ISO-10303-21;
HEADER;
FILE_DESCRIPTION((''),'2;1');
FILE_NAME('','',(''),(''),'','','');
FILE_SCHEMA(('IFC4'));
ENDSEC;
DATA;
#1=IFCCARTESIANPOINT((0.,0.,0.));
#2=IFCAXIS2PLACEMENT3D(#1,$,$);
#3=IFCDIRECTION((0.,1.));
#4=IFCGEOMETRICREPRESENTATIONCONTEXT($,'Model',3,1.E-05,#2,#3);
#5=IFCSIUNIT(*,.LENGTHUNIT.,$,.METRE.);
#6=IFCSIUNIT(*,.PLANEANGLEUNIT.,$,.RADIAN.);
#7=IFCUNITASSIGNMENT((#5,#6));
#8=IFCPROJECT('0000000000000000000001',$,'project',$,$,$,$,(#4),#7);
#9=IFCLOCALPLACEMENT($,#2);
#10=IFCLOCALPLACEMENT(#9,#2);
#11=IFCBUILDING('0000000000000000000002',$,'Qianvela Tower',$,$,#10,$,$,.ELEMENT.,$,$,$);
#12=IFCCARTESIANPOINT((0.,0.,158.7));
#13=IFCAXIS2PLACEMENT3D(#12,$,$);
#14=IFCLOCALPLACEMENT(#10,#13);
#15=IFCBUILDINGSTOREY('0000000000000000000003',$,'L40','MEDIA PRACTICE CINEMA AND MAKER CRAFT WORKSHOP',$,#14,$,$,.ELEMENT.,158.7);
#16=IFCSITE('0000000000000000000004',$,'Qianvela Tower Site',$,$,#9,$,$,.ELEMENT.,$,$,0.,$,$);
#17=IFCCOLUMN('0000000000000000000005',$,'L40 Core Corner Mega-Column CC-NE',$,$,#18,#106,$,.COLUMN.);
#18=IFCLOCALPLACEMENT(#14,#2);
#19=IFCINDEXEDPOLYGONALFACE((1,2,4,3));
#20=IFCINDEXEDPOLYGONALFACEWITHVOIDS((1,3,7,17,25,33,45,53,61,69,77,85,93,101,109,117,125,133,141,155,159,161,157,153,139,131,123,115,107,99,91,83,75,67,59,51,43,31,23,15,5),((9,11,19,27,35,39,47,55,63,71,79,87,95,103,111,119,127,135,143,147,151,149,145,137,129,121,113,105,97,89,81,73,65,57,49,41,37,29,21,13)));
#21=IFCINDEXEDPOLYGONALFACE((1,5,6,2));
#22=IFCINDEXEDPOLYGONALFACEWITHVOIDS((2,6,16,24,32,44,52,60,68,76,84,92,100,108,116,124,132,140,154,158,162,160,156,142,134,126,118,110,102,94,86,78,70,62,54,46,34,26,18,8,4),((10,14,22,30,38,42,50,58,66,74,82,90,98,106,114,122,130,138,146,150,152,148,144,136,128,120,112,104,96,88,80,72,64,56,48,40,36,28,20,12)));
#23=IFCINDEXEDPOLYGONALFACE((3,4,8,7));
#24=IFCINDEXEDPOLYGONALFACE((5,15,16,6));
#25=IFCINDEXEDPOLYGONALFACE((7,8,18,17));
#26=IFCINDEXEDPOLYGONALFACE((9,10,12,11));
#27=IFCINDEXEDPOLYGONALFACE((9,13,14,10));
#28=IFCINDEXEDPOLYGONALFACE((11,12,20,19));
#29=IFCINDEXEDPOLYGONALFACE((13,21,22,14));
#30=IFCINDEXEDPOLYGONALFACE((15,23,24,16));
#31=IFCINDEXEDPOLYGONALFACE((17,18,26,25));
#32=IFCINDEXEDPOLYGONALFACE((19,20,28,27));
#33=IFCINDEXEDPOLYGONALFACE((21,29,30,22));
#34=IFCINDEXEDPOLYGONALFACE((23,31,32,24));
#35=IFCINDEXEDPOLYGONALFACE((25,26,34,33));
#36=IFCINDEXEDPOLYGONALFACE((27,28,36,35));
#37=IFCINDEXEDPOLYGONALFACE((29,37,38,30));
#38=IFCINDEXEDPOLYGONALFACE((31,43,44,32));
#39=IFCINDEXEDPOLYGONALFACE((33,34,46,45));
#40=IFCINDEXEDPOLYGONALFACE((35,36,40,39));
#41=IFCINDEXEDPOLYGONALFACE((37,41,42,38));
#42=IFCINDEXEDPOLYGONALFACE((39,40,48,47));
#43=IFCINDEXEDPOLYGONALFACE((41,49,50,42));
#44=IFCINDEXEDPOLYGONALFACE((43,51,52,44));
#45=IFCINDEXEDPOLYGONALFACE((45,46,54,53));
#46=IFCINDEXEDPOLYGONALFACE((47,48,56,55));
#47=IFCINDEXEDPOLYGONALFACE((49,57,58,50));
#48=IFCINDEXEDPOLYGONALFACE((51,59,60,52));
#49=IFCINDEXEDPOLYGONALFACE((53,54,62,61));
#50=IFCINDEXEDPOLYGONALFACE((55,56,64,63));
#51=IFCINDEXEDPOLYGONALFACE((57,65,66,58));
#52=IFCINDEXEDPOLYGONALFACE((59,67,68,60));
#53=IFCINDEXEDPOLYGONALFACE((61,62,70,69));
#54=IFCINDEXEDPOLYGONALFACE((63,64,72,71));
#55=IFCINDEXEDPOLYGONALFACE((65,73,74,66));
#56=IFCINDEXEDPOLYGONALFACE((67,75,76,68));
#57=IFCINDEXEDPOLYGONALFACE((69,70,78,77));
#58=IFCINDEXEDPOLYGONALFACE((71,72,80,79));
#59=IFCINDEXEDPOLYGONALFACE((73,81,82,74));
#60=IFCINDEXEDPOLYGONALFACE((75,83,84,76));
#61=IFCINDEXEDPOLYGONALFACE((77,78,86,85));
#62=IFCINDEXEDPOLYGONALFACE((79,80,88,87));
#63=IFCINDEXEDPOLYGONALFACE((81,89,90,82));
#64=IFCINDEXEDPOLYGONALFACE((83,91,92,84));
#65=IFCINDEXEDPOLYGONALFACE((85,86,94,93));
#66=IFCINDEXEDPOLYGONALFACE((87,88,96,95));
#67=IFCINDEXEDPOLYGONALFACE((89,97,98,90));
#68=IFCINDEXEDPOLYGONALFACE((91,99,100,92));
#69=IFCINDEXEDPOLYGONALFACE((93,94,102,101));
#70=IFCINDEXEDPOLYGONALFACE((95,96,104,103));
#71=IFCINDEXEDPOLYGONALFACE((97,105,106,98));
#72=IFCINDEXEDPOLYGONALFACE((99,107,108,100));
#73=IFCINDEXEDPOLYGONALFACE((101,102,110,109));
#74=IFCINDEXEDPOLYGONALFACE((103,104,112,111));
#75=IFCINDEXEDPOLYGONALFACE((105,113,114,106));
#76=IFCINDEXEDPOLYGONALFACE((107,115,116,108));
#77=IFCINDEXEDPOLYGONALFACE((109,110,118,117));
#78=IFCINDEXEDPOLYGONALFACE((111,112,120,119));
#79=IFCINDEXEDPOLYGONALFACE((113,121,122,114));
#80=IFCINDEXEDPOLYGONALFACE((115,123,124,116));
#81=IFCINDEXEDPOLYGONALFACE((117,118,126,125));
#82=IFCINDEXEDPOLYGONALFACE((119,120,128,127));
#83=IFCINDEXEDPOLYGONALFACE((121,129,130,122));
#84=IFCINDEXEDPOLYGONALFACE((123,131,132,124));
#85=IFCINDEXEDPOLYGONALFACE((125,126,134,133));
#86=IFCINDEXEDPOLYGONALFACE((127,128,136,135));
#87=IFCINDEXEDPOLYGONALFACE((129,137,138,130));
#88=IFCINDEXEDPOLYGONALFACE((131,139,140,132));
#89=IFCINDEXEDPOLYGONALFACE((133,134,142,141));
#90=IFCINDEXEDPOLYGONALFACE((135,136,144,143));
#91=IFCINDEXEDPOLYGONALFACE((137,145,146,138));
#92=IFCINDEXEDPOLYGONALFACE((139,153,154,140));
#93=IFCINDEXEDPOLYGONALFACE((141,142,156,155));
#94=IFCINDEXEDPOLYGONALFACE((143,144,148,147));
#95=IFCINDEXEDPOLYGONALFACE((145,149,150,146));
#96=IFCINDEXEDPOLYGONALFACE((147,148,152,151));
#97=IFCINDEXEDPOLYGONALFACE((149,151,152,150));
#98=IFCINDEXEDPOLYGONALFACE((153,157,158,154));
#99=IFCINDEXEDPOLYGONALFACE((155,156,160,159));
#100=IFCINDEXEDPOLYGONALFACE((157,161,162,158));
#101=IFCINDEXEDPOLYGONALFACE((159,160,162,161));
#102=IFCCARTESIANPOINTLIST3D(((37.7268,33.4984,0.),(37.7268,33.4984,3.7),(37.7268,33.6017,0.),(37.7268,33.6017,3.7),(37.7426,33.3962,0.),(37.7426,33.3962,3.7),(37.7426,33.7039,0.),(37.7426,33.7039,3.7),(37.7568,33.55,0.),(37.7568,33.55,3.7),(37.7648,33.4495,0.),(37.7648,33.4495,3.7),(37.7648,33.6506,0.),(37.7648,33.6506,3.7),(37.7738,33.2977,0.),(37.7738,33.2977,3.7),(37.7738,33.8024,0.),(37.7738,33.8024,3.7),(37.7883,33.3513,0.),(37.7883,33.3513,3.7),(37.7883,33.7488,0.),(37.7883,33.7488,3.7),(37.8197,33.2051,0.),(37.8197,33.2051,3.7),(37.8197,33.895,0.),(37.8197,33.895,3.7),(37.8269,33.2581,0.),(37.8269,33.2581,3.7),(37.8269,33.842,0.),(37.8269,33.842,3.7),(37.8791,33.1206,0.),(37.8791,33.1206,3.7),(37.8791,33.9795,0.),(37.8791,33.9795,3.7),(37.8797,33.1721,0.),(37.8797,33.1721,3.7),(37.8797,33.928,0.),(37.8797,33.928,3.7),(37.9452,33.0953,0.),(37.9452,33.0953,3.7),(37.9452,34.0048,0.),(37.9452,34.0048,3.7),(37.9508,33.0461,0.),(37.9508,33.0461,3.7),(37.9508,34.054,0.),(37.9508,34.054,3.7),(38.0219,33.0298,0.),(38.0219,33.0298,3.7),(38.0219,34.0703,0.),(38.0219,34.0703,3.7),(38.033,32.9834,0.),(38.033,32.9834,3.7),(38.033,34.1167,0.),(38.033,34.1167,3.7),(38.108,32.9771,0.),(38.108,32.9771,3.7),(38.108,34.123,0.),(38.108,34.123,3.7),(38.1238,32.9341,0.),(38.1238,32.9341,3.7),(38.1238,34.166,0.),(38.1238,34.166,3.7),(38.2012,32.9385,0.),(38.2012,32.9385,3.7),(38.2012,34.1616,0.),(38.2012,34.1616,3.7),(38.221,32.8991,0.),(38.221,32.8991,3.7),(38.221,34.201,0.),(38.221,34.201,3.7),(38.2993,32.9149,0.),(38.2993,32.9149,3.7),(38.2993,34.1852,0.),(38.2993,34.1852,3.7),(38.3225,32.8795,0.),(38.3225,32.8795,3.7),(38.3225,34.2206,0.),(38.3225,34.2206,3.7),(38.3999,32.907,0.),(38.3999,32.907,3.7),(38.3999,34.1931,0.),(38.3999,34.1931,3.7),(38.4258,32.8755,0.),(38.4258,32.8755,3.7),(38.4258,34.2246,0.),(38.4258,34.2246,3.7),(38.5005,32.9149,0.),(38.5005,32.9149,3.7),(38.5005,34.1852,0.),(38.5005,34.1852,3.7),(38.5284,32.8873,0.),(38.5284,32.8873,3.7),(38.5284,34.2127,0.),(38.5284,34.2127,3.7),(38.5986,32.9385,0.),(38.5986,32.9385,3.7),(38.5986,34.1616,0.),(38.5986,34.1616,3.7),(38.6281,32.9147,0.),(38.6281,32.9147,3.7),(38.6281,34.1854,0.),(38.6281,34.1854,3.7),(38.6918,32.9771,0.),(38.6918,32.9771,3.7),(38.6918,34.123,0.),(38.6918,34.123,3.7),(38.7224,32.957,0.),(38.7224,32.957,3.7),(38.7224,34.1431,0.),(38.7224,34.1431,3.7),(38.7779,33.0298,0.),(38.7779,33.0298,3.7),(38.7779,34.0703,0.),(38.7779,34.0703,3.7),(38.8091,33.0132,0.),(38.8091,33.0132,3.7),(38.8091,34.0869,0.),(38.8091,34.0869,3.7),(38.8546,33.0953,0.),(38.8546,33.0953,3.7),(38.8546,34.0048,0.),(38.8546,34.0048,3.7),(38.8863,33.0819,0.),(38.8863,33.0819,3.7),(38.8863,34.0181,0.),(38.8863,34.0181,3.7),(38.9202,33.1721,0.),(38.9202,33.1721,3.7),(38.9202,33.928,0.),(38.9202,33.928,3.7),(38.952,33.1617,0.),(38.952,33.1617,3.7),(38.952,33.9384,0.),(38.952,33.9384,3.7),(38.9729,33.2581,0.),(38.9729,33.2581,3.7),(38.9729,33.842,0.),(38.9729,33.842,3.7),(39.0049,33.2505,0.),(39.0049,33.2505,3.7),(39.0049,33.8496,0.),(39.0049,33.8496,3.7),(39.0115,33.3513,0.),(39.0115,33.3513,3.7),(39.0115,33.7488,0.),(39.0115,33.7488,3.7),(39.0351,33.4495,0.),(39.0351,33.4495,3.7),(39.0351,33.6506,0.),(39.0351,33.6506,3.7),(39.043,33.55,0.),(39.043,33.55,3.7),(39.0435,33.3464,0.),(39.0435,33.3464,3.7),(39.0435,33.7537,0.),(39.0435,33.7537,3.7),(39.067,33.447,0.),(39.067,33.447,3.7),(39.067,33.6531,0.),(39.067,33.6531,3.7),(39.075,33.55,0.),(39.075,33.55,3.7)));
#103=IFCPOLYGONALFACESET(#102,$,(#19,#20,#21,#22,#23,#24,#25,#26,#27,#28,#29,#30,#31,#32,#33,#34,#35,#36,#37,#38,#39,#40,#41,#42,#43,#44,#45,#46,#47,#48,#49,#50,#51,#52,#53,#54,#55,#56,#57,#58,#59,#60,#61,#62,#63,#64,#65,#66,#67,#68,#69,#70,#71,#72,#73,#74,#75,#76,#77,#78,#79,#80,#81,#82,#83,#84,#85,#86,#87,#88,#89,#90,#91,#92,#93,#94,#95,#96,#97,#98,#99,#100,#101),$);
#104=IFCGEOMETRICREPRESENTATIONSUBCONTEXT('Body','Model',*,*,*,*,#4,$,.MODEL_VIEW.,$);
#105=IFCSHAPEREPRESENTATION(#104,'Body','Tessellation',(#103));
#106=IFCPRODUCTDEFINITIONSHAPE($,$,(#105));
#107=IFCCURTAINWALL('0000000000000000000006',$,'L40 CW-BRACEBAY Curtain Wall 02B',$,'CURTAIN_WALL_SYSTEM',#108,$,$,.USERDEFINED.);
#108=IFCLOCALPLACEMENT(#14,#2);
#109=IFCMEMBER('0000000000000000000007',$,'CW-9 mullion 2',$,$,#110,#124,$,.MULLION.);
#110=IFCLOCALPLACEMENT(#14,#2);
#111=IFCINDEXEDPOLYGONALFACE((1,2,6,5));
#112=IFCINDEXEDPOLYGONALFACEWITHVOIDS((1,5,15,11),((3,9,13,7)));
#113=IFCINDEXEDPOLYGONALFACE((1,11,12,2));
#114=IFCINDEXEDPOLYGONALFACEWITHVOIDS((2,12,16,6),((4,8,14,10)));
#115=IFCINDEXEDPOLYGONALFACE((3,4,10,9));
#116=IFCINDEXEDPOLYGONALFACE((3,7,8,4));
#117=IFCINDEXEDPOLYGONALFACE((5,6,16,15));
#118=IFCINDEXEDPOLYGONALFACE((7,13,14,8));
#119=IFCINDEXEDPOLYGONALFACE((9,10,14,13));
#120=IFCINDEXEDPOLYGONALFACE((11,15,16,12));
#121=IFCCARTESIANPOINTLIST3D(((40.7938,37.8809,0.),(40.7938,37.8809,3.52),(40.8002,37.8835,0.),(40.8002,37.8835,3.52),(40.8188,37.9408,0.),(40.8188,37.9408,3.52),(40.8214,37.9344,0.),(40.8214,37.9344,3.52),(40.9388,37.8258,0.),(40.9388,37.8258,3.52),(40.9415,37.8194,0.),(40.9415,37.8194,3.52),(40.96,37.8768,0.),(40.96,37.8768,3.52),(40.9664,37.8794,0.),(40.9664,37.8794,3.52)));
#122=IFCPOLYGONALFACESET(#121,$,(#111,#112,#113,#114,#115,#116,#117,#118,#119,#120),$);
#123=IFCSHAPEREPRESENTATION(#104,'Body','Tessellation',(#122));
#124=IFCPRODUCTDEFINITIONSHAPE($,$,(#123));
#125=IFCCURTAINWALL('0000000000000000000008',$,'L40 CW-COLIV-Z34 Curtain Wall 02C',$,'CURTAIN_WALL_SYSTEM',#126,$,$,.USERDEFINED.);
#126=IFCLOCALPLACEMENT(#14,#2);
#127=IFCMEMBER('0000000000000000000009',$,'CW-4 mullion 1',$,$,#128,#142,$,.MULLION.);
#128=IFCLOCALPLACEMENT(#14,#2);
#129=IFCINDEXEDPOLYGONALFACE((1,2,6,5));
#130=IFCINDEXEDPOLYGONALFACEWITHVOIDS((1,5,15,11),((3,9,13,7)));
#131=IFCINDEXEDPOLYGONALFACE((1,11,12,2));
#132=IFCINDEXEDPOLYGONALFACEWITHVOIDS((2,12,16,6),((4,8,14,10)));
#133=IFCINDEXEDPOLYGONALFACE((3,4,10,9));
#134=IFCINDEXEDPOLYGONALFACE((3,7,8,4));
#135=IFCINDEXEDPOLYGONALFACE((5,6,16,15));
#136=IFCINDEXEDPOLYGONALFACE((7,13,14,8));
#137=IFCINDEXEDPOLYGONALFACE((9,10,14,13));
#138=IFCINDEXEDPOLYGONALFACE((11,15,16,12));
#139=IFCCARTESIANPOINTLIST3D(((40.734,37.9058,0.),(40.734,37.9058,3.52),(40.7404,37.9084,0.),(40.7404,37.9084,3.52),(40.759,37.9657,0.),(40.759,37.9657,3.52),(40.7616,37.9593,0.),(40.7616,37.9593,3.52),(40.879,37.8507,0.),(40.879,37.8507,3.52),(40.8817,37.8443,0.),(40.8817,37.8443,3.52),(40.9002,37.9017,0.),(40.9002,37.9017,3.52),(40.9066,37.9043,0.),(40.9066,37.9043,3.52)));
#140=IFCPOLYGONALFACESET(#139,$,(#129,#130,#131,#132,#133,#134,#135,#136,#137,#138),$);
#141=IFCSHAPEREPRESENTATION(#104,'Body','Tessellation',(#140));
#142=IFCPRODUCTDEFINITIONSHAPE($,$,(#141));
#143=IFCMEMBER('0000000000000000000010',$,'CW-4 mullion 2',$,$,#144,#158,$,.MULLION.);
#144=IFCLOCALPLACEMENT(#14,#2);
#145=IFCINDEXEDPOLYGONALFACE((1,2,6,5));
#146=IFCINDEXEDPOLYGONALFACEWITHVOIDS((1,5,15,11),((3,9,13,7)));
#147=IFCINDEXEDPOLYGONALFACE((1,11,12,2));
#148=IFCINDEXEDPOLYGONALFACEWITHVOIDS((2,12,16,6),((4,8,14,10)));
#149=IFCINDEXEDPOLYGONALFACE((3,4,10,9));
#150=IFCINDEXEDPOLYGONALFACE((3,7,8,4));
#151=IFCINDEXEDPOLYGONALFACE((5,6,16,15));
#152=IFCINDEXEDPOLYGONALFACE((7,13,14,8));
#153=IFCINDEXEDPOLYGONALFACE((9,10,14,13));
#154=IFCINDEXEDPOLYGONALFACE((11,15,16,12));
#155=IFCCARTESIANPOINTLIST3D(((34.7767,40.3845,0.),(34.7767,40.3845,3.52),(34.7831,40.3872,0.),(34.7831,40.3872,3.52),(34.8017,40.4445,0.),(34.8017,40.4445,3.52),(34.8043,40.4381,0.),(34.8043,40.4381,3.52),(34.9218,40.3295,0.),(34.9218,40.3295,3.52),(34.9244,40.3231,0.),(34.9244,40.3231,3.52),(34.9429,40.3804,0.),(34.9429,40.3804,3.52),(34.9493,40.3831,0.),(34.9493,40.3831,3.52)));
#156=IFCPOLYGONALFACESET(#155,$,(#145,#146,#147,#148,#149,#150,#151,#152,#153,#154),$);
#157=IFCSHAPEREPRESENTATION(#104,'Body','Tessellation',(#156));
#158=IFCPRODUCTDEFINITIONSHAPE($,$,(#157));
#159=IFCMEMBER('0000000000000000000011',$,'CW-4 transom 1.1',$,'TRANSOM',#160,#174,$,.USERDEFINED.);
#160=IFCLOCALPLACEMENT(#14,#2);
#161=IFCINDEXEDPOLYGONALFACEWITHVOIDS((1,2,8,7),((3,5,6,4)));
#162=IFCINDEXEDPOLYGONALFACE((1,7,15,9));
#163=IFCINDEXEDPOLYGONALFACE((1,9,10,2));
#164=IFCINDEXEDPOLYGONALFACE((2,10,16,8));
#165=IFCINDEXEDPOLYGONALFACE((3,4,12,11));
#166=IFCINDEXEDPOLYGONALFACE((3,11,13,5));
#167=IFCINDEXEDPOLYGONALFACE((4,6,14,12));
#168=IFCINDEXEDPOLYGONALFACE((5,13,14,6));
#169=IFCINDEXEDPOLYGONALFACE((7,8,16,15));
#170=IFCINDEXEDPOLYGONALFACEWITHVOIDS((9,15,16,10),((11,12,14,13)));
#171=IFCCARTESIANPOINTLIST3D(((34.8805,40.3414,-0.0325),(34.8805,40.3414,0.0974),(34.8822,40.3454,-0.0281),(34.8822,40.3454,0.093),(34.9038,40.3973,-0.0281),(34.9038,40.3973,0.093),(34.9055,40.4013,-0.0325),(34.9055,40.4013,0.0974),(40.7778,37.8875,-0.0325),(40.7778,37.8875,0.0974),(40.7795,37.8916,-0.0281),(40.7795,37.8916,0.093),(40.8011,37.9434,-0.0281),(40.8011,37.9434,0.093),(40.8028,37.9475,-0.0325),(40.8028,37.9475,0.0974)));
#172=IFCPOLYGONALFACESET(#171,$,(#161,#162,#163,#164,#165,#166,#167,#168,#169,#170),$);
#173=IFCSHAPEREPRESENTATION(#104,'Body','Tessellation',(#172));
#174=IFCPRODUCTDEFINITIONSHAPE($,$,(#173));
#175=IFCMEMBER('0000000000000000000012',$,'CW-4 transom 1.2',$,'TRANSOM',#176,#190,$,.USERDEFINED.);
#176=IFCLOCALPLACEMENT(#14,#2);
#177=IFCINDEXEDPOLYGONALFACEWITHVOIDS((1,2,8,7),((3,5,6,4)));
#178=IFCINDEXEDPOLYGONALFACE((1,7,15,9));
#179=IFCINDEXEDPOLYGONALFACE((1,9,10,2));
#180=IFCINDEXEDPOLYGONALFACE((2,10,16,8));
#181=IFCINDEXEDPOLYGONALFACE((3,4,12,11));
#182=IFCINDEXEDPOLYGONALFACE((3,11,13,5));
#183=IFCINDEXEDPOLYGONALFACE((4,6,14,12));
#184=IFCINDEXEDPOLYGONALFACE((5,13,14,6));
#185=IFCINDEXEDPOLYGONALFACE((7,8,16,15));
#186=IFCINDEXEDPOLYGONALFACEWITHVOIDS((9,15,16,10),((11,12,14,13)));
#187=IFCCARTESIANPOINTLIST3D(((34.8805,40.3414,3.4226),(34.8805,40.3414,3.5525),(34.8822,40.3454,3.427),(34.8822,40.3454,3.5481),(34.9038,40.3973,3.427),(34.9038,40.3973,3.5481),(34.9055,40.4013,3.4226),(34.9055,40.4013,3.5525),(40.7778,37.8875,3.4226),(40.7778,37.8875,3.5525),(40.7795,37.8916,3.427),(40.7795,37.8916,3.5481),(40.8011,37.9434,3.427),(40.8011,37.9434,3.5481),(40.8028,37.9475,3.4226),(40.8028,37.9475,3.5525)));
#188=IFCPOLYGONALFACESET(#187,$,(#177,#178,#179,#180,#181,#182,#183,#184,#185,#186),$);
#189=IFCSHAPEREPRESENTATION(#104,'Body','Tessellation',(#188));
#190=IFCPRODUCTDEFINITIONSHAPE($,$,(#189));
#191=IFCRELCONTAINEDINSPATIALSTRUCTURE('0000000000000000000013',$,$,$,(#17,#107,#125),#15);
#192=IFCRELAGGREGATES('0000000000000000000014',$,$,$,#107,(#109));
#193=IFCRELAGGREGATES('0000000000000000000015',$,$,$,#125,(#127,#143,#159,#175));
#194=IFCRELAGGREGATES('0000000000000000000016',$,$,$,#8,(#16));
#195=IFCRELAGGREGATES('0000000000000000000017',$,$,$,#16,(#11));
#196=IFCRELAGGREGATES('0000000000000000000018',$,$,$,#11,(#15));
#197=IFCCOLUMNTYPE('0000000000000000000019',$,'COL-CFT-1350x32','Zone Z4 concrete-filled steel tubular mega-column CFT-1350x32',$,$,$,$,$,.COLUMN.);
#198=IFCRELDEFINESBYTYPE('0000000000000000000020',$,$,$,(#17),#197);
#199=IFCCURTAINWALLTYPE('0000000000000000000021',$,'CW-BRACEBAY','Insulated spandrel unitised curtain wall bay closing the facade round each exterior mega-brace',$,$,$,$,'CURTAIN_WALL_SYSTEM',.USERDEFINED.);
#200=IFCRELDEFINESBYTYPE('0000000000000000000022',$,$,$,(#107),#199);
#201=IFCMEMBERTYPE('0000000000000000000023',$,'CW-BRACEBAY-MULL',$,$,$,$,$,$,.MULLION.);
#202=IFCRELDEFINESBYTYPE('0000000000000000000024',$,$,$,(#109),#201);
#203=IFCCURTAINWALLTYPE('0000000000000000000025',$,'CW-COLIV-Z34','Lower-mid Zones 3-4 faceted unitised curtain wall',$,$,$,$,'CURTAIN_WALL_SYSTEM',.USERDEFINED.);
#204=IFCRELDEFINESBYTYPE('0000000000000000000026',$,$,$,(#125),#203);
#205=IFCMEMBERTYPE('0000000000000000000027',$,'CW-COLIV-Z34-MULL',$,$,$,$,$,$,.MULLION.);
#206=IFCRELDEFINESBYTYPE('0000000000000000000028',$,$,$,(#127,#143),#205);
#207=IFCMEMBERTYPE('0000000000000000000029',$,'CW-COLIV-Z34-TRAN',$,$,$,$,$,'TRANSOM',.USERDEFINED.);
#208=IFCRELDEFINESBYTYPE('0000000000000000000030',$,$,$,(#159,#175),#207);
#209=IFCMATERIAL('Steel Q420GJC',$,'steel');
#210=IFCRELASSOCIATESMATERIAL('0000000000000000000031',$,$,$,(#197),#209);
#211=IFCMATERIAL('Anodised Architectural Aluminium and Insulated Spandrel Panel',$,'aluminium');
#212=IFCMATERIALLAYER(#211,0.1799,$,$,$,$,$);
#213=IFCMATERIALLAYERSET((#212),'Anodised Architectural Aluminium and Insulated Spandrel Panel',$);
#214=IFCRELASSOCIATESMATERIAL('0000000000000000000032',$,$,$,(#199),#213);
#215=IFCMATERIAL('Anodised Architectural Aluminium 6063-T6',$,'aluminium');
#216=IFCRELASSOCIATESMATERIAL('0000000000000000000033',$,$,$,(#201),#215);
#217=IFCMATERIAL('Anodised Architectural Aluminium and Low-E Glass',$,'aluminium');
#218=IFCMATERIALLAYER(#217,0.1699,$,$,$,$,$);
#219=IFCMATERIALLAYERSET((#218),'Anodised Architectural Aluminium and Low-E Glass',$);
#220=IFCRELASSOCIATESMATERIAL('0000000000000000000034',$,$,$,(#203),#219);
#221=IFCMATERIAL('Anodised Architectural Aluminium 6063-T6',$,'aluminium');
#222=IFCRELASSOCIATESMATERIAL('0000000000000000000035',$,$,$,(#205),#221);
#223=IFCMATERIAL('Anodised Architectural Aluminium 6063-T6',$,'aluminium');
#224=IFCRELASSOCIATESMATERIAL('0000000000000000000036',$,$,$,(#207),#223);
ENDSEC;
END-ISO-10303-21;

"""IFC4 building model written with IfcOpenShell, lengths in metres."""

from ifc_helpers import new_model, si_unit, direction, frame, origin, origin_2d, place, context, subcontext, project, spatial, hollow_rectangle, hollow_circle, extrude, material, layer, layer_set, material_profile, profile_set, type_object, element, aggregate, save


model = new_model("IFC4")

# Units and contexts
model_context = context("Model", 3, precision=1e-05, world=origin(), true_north=direction((0.0, 1.0)))
body_context = subcontext(model_context, "Body", "Model", "MODEL_VIEW")
ifc_project = project(units=[si_unit("LENGTHUNIT", "METRE"), si_unit("PLANEANGLEUNIT", "RADIAN")], contexts=[model_context])

# Site, building, storey
site_placement = place(None, origin())
site = spatial("IfcSite", under=ifc_project, at=site_placement, Name="Qianvela Tower Site", CompositionType="ELEMENT", RefElevation=0.0)
building_placement = place(site_placement, origin())
building = spatial("IfcBuilding", under=site, at=building_placement, Name="Qianvela Tower", CompositionType="ELEMENT")
storey_placement = place(building_placement, frame((0.0, 0.0, 158.7)))
storey = spatial("IfcBuildingStorey", under=building, at=storey_placement, Name="L40", Description="MEDIA PRACTICE CINEMA AND MAKER CRAFT WORKSHOP", CompositionType="ELEMENT", Elevation=158.7)

# Column
ifc_material_1 = material(Name="Steel Q420GJC", Category="steel")
ifc_material_profile_1 = material_profile(ifc_material_1, hollow_circle(Radius=0.675, WallThickness=0.032, at=origin_2d()), Name="CFT-1350x32")
ifc_profile_set_1 = profile_set([ifc_material_profile_1], Name="Steel Q420GJC")
column_type = type_object("IfcColumnType", Name="COL-CFT-1350x32", Description="Zone Z4 concrete-filled steel tubular mega-column CFT-1350x32", PredefinedType="COLUMN", material=ifc_profile_set_1)
column_placement = place(storey_placement, frame((38.3999, 33.55, 0.0), z_axis=(0.0, 0.0, 1.0), x_axis=(1.0, 0.0, 0.0)))
element("IfcColumn", 1, at=column_placement, inside=storey, type_object=column_type, Name="L40 Core Corner Mega-Column CC-NE", PredefinedType="COLUMN", context=body_context, shape_type="SweptSolid", body=[
    extrude(hollow_circle(Radius=0.675, WallThickness=0.032, at=origin_2d()), origin(), (0.0, 0.0, 1.0), 3.7),
])

# Curtain wall, member
ifc_material_2 = material(Name="Anodised Architectural Aluminium and Insulated Spandrel Panel", Category="aluminium")
ifc_layer_1 = layer(ifc_material_2, 0.1799)
ifc_layer_set_1 = layer_set([ifc_layer_1], Name="Anodised Architectural Aluminium and Insulated Spandrel Panel")
curtain_wall_type_1 = type_object("IfcCurtainWallType", Name="CW-BRACEBAY", Description="Insulated spandrel unitised curtain wall bay closing the facade round each exterior mega-brace", ElementType="CURTAIN_WALL_SYSTEM", PredefinedType="USERDEFINED", material=ifc_layer_set_1)
curtain_wall_1_placement = place(storey_placement, origin())
curtain_wall_1 = element("IfcCurtainWall", 2, at=curtain_wall_1_placement, inside=storey, type_object=curtain_wall_type_1, Name="L40 CW-BRACEBAY Curtain Wall 02B", ObjectType="CURTAIN_WALL_SYSTEM", PredefinedType="USERDEFINED")
ifc_material_3 = material(Name="Anodised Architectural Aluminium 6063-T6", Category="aluminium")
ifc_material_profile_2 = material_profile(ifc_material_3, hollow_rectangle(XDim=0.0649, YDim=0.1599, WallThickness=0.0049, at=origin_2d()), Name="ALU-MULL-65x160")
ifc_profile_set_2 = profile_set([ifc_material_profile_2], Name="Anodised Architectural Aluminium 6063-T6")
member_type_1 = type_object("IfcMemberType", Name="CW-BRACEBAY-MULL", PredefinedType="MULLION", material=ifc_profile_set_2)
member_1_placement = place(storey_placement, frame((40.8801, 37.8801, 0.0), z_axis=(0.0, 0.0, 1.0), x_axis=(-0.384192, -0.923253, 0.0)))
member_1 = element("IfcMember", 3, at=member_1_placement, type_object=member_type_1, Name="CW-9 mullion 2", PredefinedType="MULLION", context=body_context, shape_type="SweptSolid", body=[
    extrude(hollow_rectangle(XDim=0.0649, YDim=0.1599, WallThickness=0.0049, at=origin_2d()), origin(), (0.0, 0.0, 1.0), 3.52),
])
aggregate(curtain_wall_1, [member_1])

# Curtain wall, members
ifc_material_4 = material(Name="Anodised Architectural Aluminium and Low-E Glass", Category="aluminium")
ifc_layer_2 = layer(ifc_material_4, 0.1699)
ifc_layer_set_2 = layer_set([ifc_layer_2], Name="Anodised Architectural Aluminium and Low-E Glass")
curtain_wall_type_2 = type_object("IfcCurtainWallType", Name="CW-COLIV-Z34", Description="Lower-mid Zones 3-4 faceted unitised curtain wall", ElementType="CURTAIN_WALL_SYSTEM", PredefinedType="USERDEFINED", material=ifc_layer_set_2)
curtain_wall_2_placement = place(storey_placement, origin())
curtain_wall_2 = element("IfcCurtainWall", 4, at=curtain_wall_2_placement, inside=storey, type_object=curtain_wall_type_2, Name="L40 CW-COLIV-Z34 Curtain Wall 02C", ObjectType="CURTAIN_WALL_SYSTEM", PredefinedType="USERDEFINED")
ifc_material_5 = material(Name="Anodised Architectural Aluminium 6063-T6", Category="aluminium")
ifc_material_profile_3 = material_profile(ifc_material_5, hollow_rectangle(XDim=0.0649, YDim=0.1599, WallThickness=0.0049, at=origin_2d()), Name="ALU-MULL-65x160")
ifc_profile_set_3 = profile_set([ifc_material_profile_3], Name="Anodised Architectural Aluminium 6063-T6")
member_type_2 = type_object("IfcMemberType", Name="CW-COLIV-Z34-MULL", PredefinedType="MULLION", material=ifc_profile_set_3)
member_2_placement = place(storey_placement, frame((40.8203, 37.905, 0.0), z_axis=(0.0, 0.0, 1.0), x_axis=(-0.384182, -0.923257, 0.0)))
member_2 = element("IfcMember", 5, at=member_2_placement, type_object=member_type_2, Name="CW-4 mullion 1", PredefinedType="MULLION", context=body_context, shape_type="SweptSolid", body=[
    extrude(hollow_rectangle(XDim=0.0649, YDim=0.1599, WallThickness=0.0049, at=origin_2d()), origin(), (0.0, 0.0, 1.0), 3.52),
])
member_3_placement = place(storey_placement, frame((34.863, 40.3838, 0.0), z_axis=(0.0, 0.0, 1.0), x_axis=(-0.384182, -0.923257, 0.0)))
member_3 = element("IfcMember", 6, at=member_3_placement, type_object=member_type_2, Name="CW-4 mullion 2", PredefinedType="MULLION", context=body_context, shape_type="SweptSolid", body=[
    extrude(hollow_rectangle(XDim=0.0649, YDim=0.1599, WallThickness=0.0049, at=origin_2d()), origin(), (0.0, 0.0, 1.0), 3.52),
])
ifc_material_6 = material(Name="Anodised Architectural Aluminium 6063-T6", Category="aluminium")
ifc_material_profile_4 = material_profile(ifc_material_6, hollow_rectangle(XDim=0.0649, YDim=0.1299, WallThickness=0.0044, at=origin_2d()), Name="ALU-TRAN-65x130")
ifc_profile_set_4 = profile_set([ifc_material_profile_4], Name="Anodised Architectural Aluminium 6063-T6")
member_type_3 = type_object("IfcMemberType", Name="CW-COLIV-Z34-TRAN", ElementType="TRANSOM", PredefinedType="USERDEFINED", material=ifc_profile_set_4)
member_4_placement = place(storey_placement, frame((40.7903, 37.9175, 0.0325), z_axis=(-0.923261, 0.384173, 0.0), x_axis=(-0.384173, -0.923261, 0.0)))
member_4 = element("IfcMember", 7, at=member_4_placement, type_object=member_type_3, Name="CW-4 transom 1.1", ObjectType="TRANSOM", PredefinedType="USERDEFINED", context=body_context, shape_type="SweptSolid", body=[
    extrude(hollow_rectangle(XDim=0.0649, YDim=0.1299, WallThickness=0.0044, at=origin_2d()), origin(), (0.0, 0.0, 1.0), 6.3875),
])
member_5_placement = place(storey_placement, frame((40.7903, 37.9175, 3.4875), z_axis=(-0.923261, 0.384173, 0.0), x_axis=(-0.384173, -0.923261, 0.0)))
member_5 = element("IfcMember", 8, at=member_5_placement, type_object=member_type_3, Name="CW-4 transom 1.2", ObjectType="TRANSOM", PredefinedType="USERDEFINED", context=body_context, shape_type="SweptSolid", body=[
    extrude(hollow_rectangle(XDim=0.0649, YDim=0.1299, WallThickness=0.0044, at=origin_2d()), origin(), (0.0, 0.0, 1.0), 6.3875),
])
aggregate(curtain_wall_2, [member_2, member_3, member_4, member_5])

save(model, "model.ifc")
